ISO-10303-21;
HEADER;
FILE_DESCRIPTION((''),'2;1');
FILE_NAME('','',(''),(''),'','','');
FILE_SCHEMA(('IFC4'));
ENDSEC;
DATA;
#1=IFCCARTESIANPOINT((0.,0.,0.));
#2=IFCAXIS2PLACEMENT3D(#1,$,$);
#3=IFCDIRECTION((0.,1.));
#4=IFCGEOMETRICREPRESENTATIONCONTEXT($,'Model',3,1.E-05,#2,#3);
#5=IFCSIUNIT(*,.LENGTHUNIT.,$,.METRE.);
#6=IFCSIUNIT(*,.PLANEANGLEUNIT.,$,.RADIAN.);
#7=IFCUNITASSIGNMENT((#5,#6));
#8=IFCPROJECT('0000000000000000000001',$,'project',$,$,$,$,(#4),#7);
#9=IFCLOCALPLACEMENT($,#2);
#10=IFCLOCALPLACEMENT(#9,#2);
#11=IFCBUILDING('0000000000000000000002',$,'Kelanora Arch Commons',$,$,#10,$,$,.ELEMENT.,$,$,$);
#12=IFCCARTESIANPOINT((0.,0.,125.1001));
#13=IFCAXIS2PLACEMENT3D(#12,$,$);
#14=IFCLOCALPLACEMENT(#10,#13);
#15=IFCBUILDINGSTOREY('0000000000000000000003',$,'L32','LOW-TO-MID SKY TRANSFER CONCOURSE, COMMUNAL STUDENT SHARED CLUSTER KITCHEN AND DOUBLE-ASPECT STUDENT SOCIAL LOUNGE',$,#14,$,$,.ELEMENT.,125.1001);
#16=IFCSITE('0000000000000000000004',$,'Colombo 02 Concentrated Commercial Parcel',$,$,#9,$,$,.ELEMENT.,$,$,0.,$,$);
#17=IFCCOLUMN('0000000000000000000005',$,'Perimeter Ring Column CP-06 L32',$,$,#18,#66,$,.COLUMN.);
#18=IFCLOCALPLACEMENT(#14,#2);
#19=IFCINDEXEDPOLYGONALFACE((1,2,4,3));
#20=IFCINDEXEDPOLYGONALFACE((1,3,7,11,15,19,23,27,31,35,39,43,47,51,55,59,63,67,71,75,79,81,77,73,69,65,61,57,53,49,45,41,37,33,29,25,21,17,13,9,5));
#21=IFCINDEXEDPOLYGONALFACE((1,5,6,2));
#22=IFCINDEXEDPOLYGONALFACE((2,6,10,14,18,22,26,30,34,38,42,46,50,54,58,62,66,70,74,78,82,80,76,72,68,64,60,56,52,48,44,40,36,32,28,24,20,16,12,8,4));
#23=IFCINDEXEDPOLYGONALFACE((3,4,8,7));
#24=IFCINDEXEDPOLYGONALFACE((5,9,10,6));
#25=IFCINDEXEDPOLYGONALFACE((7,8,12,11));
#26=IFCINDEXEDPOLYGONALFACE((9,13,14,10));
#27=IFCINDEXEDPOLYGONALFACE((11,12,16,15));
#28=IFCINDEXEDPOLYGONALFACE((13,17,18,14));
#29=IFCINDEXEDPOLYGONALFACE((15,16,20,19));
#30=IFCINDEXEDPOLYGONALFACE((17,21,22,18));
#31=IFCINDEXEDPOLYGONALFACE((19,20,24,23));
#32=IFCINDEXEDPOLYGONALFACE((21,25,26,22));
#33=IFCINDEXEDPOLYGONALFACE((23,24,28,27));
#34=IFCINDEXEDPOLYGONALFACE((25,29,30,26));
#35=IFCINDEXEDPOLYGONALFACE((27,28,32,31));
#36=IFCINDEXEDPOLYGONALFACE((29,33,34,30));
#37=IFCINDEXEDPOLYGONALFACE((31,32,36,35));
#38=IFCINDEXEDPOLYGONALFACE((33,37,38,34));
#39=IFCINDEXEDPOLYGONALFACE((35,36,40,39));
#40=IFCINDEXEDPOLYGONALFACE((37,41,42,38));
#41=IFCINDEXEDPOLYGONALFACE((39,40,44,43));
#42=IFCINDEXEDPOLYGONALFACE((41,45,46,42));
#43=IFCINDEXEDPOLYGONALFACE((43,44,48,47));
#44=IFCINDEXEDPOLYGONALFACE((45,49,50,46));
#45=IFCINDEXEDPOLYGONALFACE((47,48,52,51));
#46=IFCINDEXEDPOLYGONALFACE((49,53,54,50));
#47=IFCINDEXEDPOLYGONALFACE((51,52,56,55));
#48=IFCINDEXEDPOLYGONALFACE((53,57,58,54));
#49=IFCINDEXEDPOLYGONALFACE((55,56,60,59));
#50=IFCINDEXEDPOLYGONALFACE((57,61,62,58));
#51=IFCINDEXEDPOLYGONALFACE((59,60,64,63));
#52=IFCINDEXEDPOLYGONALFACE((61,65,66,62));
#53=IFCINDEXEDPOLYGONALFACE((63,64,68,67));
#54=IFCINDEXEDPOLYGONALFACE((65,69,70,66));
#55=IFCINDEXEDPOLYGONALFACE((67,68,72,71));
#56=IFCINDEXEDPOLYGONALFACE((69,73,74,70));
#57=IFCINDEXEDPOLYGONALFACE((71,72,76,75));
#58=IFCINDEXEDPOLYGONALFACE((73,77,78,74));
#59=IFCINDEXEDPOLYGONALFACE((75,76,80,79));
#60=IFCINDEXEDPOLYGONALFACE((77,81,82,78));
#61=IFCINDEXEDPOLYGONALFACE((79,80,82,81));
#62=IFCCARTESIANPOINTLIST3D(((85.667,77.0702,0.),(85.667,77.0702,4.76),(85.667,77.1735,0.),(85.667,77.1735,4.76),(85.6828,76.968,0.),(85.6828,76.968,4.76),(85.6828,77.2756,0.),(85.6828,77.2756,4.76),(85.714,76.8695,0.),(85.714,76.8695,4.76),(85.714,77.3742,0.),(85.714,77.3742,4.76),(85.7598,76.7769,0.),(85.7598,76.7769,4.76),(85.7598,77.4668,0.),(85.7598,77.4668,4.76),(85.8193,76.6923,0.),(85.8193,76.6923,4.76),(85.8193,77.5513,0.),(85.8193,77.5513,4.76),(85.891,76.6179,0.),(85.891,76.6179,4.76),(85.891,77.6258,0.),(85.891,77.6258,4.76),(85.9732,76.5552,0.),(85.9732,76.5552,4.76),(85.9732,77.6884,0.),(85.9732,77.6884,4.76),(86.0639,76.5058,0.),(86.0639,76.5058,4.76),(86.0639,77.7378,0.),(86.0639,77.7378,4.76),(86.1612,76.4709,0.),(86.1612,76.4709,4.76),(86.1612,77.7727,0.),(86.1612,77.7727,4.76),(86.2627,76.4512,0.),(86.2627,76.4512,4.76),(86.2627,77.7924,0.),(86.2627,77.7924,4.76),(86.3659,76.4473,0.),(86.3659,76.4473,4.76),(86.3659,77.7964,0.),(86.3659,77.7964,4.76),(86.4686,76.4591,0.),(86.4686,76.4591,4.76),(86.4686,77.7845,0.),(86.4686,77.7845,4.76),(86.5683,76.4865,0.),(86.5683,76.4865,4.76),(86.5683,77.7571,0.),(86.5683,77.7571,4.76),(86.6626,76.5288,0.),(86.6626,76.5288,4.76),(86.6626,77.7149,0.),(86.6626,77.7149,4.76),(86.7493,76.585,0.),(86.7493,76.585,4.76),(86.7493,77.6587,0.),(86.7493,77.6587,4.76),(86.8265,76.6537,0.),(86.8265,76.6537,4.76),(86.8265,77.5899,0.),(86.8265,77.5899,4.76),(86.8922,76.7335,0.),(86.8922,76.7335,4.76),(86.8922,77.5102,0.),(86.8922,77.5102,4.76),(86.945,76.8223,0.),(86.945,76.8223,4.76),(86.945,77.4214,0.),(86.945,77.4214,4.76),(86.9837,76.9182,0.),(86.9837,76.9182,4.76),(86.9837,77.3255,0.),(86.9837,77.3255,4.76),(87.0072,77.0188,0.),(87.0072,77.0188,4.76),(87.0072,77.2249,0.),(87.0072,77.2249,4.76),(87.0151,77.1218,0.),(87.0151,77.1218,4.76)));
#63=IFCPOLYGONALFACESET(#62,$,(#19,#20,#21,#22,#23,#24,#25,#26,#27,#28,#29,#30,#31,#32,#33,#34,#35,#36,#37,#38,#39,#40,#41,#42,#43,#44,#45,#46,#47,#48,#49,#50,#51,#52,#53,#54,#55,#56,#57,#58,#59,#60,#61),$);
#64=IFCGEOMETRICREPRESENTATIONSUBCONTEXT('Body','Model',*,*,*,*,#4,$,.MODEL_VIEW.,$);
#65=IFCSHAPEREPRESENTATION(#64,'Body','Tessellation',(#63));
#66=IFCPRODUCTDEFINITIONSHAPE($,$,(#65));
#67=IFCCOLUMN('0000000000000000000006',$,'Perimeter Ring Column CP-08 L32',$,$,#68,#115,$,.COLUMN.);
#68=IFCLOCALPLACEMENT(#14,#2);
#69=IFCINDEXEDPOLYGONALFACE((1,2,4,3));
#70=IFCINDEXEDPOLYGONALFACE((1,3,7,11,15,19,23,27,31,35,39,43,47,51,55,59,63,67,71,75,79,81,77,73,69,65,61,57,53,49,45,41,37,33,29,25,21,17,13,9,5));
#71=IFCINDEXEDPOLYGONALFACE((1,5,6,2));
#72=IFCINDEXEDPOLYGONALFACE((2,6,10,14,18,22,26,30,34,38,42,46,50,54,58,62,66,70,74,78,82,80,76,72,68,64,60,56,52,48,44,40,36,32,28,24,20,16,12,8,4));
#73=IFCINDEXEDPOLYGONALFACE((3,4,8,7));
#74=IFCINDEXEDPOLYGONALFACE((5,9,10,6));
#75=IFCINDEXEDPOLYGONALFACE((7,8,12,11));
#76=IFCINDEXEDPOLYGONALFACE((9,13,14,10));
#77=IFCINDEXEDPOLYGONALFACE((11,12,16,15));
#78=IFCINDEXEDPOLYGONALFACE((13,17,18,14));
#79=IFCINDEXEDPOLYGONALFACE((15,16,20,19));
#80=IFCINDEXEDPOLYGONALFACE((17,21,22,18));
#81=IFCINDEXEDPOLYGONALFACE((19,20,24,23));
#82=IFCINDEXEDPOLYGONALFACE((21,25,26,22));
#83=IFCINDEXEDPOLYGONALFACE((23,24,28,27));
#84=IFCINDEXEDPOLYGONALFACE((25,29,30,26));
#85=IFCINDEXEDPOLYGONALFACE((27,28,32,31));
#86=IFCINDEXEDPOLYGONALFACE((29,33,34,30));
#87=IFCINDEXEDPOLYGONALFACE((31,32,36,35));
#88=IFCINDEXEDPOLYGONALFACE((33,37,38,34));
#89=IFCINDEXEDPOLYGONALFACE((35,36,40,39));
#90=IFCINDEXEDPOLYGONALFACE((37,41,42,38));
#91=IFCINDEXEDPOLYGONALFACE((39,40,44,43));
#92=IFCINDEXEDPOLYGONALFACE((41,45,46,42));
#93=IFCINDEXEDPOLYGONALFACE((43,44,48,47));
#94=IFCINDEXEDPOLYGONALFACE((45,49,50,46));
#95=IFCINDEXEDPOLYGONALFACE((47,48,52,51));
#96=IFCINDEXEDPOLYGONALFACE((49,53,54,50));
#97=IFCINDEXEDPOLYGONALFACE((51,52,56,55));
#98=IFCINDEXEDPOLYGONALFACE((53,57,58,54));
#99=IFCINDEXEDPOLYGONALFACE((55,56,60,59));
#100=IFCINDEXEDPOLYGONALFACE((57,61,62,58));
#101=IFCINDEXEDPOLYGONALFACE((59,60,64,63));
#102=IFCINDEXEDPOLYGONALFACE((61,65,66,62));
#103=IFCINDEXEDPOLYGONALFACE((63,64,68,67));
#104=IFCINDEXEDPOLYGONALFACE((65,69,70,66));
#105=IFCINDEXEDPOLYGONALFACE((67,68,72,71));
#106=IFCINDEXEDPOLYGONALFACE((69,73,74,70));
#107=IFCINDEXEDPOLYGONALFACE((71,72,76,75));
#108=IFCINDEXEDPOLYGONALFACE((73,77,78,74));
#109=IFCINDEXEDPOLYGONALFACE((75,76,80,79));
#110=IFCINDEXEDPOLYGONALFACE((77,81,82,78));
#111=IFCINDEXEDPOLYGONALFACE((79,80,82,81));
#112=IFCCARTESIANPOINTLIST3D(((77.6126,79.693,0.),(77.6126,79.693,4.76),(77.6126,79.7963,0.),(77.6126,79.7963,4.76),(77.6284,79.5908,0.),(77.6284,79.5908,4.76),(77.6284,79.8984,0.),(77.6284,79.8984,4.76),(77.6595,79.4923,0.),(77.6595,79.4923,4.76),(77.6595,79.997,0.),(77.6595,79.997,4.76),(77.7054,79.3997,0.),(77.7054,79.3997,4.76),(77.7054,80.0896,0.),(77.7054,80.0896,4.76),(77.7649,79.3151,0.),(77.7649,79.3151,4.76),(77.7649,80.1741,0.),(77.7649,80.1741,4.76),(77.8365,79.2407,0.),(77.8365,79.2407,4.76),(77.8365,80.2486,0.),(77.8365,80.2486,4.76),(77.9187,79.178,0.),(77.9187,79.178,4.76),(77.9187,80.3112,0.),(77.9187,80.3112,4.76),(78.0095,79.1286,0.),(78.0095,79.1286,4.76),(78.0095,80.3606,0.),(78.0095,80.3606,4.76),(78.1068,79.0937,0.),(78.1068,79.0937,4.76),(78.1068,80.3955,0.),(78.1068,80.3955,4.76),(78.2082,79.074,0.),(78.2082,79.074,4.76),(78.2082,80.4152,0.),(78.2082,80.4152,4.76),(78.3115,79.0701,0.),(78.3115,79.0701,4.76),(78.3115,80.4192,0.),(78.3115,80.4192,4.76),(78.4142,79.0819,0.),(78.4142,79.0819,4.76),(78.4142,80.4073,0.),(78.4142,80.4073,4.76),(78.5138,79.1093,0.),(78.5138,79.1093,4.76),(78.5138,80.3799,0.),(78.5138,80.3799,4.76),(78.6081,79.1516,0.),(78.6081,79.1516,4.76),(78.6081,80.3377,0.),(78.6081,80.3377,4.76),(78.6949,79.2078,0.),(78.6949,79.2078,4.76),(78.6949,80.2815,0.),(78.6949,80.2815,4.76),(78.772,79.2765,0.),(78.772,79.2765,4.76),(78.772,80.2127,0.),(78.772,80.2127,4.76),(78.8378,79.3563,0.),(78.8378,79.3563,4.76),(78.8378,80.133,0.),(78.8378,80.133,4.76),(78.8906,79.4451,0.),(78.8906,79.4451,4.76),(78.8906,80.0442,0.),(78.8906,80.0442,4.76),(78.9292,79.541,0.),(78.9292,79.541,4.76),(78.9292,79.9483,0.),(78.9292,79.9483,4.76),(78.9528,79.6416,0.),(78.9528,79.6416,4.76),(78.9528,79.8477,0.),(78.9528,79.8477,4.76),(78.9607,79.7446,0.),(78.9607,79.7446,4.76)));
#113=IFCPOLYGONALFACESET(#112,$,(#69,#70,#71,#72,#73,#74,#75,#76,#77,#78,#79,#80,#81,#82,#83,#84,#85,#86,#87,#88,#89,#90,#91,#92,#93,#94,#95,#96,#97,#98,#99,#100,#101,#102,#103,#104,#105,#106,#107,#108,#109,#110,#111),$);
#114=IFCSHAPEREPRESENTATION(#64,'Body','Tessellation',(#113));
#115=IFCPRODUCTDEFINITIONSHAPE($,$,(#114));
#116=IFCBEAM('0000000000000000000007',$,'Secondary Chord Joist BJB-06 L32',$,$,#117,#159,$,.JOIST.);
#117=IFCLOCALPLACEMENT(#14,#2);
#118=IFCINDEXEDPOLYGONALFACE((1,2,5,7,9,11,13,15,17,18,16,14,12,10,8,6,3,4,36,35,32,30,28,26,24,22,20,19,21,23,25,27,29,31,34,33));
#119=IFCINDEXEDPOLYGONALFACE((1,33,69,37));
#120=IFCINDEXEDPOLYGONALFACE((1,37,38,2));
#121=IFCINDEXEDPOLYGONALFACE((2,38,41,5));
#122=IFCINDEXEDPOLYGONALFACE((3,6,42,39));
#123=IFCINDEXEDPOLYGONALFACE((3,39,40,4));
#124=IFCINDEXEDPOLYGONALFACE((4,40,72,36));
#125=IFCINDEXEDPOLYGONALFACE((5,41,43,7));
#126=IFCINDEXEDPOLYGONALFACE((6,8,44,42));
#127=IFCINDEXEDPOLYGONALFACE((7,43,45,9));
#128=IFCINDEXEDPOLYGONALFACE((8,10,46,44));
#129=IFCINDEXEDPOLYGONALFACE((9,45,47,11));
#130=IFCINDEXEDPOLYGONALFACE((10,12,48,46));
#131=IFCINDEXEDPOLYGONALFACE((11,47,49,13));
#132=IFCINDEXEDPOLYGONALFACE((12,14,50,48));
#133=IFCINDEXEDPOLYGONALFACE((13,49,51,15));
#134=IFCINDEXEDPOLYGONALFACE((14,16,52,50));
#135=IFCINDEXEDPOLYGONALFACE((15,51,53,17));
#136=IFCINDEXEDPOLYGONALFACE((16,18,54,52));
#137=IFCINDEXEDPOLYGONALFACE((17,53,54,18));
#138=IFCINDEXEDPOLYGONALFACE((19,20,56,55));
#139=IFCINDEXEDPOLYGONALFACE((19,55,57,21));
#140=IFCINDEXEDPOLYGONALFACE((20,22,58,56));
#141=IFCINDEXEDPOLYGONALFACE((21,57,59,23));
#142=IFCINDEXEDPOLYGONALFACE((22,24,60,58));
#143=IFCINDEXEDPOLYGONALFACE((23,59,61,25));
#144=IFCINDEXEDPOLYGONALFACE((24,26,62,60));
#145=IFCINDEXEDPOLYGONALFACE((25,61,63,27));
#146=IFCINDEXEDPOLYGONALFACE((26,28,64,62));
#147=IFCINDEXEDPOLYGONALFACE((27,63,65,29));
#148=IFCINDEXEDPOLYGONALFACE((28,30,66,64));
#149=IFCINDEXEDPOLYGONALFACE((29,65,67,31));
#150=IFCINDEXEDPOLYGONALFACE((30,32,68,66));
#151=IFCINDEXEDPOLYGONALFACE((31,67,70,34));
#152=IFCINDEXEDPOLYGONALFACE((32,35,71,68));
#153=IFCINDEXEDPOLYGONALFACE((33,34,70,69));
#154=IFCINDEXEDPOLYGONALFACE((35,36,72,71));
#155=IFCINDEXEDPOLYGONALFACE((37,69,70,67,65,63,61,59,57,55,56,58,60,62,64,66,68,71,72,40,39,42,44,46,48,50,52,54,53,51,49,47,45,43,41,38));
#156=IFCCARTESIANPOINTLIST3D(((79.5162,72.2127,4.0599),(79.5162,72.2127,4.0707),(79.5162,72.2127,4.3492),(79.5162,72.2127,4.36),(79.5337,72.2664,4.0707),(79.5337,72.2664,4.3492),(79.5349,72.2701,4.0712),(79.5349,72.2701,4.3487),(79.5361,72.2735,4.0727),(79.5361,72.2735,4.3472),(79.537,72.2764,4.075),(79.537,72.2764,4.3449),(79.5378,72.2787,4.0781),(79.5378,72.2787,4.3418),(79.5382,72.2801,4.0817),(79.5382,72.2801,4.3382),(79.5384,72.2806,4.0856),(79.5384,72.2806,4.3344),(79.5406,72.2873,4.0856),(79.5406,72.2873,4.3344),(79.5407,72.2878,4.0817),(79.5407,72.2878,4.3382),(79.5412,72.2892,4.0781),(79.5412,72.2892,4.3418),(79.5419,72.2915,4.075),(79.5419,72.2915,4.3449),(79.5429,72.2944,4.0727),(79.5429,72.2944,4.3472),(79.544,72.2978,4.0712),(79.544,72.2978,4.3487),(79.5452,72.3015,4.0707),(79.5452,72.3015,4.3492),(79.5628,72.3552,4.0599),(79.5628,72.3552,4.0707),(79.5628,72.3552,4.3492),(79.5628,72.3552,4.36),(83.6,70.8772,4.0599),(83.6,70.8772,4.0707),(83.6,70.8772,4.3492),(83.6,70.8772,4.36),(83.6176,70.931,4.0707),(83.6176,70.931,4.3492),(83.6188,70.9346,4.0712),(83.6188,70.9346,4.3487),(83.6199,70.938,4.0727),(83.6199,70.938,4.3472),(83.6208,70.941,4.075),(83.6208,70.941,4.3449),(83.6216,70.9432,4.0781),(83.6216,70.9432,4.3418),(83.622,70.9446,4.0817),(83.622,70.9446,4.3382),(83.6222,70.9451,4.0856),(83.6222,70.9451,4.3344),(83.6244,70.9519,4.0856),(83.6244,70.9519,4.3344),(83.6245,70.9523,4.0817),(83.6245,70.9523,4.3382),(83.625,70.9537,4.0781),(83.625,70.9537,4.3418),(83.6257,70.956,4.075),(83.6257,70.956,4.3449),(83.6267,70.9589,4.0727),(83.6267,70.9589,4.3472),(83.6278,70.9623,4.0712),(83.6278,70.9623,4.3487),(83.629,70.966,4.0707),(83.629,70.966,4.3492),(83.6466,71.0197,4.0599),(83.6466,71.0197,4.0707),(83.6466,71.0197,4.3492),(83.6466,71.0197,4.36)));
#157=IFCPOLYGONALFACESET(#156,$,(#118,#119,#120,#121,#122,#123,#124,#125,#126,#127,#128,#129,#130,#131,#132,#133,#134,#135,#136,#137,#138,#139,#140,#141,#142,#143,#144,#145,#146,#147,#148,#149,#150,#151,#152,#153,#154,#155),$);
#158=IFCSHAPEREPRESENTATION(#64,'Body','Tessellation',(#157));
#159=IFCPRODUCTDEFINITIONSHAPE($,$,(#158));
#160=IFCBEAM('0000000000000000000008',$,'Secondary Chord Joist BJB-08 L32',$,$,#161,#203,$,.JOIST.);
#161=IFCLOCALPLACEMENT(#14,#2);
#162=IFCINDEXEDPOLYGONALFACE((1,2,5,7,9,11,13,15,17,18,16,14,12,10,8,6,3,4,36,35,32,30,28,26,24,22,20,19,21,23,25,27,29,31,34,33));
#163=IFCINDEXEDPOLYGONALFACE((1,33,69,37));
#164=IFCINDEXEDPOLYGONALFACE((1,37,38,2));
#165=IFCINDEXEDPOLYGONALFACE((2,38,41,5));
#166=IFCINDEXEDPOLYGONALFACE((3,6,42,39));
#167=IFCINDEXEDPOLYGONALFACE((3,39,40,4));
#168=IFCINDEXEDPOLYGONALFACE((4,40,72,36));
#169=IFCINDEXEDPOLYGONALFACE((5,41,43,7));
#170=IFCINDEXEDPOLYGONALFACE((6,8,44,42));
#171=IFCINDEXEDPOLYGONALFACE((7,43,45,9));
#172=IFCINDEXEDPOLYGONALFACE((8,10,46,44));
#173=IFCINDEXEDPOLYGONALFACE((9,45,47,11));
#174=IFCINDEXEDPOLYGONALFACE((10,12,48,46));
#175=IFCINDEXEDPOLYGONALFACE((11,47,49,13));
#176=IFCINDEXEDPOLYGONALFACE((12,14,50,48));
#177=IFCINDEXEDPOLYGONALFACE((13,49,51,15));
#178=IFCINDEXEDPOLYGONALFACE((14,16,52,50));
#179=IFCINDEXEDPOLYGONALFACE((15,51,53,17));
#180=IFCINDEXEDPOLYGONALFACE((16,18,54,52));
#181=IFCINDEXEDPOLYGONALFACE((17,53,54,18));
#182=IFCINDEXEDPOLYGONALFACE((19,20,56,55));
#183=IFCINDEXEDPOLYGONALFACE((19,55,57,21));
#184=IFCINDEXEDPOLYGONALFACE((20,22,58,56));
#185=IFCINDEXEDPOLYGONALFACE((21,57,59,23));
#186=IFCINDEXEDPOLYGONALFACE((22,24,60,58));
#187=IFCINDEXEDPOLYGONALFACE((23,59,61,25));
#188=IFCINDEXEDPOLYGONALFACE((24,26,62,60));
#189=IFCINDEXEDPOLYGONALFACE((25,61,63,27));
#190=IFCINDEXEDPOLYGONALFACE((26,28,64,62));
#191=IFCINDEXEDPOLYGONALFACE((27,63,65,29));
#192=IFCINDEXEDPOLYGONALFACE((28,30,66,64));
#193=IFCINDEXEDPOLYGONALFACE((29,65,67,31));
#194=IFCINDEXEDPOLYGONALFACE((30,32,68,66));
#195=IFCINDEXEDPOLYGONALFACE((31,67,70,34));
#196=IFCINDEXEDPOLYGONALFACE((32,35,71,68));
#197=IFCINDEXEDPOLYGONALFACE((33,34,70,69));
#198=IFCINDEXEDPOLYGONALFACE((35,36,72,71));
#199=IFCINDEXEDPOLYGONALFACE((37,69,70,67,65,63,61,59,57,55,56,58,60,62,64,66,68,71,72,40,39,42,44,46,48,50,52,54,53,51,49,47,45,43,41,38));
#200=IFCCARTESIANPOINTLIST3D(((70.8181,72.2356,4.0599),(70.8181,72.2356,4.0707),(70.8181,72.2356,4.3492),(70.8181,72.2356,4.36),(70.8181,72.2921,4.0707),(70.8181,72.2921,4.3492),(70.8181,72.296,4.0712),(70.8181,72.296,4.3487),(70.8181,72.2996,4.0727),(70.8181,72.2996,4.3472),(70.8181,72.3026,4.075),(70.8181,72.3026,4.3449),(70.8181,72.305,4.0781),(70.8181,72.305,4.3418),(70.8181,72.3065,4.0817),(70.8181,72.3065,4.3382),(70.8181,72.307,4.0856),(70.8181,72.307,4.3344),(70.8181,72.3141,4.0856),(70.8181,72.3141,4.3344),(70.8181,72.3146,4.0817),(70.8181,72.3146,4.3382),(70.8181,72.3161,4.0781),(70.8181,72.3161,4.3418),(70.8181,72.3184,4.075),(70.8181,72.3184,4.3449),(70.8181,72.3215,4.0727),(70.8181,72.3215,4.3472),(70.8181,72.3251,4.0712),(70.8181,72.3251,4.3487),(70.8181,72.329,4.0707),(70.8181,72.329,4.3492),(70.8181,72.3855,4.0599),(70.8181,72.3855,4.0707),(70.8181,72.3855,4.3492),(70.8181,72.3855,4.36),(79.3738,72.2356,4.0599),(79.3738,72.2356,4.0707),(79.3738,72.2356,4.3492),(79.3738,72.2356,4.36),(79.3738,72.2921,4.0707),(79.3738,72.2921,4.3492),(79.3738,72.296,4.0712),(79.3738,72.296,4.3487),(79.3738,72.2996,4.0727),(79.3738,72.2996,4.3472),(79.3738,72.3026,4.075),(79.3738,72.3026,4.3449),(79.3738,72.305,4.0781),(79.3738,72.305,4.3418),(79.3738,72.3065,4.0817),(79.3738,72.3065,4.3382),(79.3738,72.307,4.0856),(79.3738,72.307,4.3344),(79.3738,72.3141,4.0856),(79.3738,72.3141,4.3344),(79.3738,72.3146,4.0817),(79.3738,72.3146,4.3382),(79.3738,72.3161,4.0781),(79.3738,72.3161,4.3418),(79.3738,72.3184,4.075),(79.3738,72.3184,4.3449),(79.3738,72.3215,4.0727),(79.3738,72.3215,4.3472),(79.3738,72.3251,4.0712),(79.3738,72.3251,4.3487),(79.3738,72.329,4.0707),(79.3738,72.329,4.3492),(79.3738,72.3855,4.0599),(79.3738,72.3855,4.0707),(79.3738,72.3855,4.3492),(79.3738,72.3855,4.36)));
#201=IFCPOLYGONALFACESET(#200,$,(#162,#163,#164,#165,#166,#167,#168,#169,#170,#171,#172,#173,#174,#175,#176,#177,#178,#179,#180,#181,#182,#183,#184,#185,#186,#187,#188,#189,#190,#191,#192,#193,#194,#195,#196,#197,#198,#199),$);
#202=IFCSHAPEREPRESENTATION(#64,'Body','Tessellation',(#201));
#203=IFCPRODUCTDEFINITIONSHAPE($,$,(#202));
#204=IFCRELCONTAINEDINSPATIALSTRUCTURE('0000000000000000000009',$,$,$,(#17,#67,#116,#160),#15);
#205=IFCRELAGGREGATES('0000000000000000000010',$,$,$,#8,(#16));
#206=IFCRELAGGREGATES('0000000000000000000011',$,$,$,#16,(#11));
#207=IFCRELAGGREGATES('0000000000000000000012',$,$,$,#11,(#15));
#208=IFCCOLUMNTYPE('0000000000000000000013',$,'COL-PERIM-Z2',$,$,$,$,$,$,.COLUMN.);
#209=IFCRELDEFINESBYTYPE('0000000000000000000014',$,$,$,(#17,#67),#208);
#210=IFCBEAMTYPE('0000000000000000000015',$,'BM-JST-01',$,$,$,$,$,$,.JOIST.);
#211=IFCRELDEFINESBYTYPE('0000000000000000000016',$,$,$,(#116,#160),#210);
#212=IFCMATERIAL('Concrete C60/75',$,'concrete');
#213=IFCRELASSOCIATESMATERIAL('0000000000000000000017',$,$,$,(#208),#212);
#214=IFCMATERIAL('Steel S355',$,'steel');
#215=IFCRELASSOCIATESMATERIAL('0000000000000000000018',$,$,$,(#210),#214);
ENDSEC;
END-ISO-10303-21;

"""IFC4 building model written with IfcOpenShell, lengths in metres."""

from ifc_helpers import new_model, si_unit, direction, frame, origin, origin_2d, place, context, subcontext, project, spatial, circle, i_section, extrude, material, material_profile, profile_set, type_object, element, save


model = new_model("IFC4")

# Units and contexts
model_context = context("Model", 3, precision=1e-05, world=origin(), true_north=direction((0.0, 1.0)))
body_context = subcontext(model_context, "Body", "Model", "MODEL_VIEW")
ifc_project = project(units=[si_unit("LENGTHUNIT", "METRE"), si_unit("PLANEANGLEUNIT", "RADIAN")], contexts=[model_context])

# Site, building, storey
site_placement = place(None, origin())
site = spatial("IfcSite", under=ifc_project, at=site_placement, Name="Colombo 02 Concentrated Commercial Parcel", CompositionType="ELEMENT", RefElevation=0.0)
building_placement = place(site_placement, origin())
building = spatial("IfcBuilding", under=site, at=building_placement, Name="Kelanora Arch Commons", CompositionType="ELEMENT")
storey_placement = place(building_placement, frame((0.0, 0.0, 125.1001)))
storey = spatial("IfcBuildingStorey", under=building, at=storey_placement, Name="L32", Description="LOW-TO-MID SKY TRANSFER CONCOURSE, COMMUNAL STUDENT SHARED CLUSTER KITCHEN AND DOUBLE-ASPECT STUDENT SOCIAL LOUNGE", CompositionType="ELEMENT", Elevation=125.1001)

# Columns
ifc_material_1 = material(Name="Concrete C60/75", Category="concrete")
ifc_material_profile_1 = material_profile(ifc_material_1, circle(Radius=0.675, at=origin_2d()), Name="RCC1350")
ifc_profile_set_1 = profile_set([ifc_material_profile_1], Name="Concrete C60/75")
column_type = type_object("IfcColumnType", Name="COL-PERIM-Z2", PredefinedType="COLUMN", material=ifc_profile_set_1)
for number, where, z_axis, x_axis, name in (
    (1, (86.3401, 77.1218, 0.0), (0.0, 0.0, 1.0), (1.0, 0.0, 0.0), "Perimeter Ring Column CP-06 L32"),
    (2, (78.2856, 79.7446, 0.0), (0.0, 0.0, 1.0), (1.0, 0.0, 0.0), "Perimeter Ring Column CP-08 L32"),
):
    element("IfcColumn", number, at=place(storey_placement, frame(where, z_axis=z_axis, x_axis=x_axis)), inside=storey, type_object=column_type, Name=name, PredefinedType="COLUMN", context=body_context, shape_type="SweptSolid", body=[
        extrude(circle(Radius=0.675, at=origin_2d()), origin(), (0.0, 0.0, 1.0), 4.76),
    ])

# Beams
ifc_material_2 = material(Name="Steel S355", Category="steel")
ifc_material_profile_2 = material_profile(ifc_material_2, i_section(OverallWidth=0.1499, OverallDepth=0.3, WebThickness=0.0071, FlangeThickness=0.0107, FilletRadius=0.0149, at=origin_2d()), Name="IPE300")
ifc_profile_set_2 = profile_set([ifc_material_profile_2], Name="Steel S355")
beam_type_1 = type_object("IfcBeamType", Name="BM-JST-01", PredefinedType="JOIST", material=ifc_profile_set_2)
beam_1_placement = place(storey_placement, frame((83.6233, 70.9485, 4.21), z_axis=(-0.950469, 0.310819, 0.0), x_axis=(-0.310819, -0.950469, 0.0)))
element("IfcBeam", 3, at=beam_1_placement, inside=storey, type_object=beam_type_1, Name="Secondary Chord Joist BJB-06 L32", PredefinedType="JOIST", context=body_context, shape_type="SweptSolid", body=[
    extrude(i_section(OverallWidth=0.1499, OverallDepth=0.3, WebThickness=0.0071, FlangeThickness=0.0107, FilletRadius=0.0149, at=origin_2d()), origin(), (0.0, 0.0, 1.0), 4.2966),
])
beam_2_placement = place(storey_placement, frame((79.3738, 72.3105, 4.21), z_axis=(-1.0, 0.0, 0.0), x_axis=(0.0, -1.0, 0.0)))
element("IfcBeam", 4, at=beam_2_placement, inside=storey, type_object=beam_type_1, Name="Secondary Chord Joist BJB-08 L32", PredefinedType="JOIST", context=body_context, shape_type="SweptSolid", body=[
    extrude(i_section(OverallWidth=0.1499, OverallDepth=0.3, WebThickness=0.0071, FlangeThickness=0.0107, FilletRadius=0.0149, at=origin_2d()), origin(), (0.0, 0.0, 1.0), 8.5557),
])

save(model, "model.ifc")
